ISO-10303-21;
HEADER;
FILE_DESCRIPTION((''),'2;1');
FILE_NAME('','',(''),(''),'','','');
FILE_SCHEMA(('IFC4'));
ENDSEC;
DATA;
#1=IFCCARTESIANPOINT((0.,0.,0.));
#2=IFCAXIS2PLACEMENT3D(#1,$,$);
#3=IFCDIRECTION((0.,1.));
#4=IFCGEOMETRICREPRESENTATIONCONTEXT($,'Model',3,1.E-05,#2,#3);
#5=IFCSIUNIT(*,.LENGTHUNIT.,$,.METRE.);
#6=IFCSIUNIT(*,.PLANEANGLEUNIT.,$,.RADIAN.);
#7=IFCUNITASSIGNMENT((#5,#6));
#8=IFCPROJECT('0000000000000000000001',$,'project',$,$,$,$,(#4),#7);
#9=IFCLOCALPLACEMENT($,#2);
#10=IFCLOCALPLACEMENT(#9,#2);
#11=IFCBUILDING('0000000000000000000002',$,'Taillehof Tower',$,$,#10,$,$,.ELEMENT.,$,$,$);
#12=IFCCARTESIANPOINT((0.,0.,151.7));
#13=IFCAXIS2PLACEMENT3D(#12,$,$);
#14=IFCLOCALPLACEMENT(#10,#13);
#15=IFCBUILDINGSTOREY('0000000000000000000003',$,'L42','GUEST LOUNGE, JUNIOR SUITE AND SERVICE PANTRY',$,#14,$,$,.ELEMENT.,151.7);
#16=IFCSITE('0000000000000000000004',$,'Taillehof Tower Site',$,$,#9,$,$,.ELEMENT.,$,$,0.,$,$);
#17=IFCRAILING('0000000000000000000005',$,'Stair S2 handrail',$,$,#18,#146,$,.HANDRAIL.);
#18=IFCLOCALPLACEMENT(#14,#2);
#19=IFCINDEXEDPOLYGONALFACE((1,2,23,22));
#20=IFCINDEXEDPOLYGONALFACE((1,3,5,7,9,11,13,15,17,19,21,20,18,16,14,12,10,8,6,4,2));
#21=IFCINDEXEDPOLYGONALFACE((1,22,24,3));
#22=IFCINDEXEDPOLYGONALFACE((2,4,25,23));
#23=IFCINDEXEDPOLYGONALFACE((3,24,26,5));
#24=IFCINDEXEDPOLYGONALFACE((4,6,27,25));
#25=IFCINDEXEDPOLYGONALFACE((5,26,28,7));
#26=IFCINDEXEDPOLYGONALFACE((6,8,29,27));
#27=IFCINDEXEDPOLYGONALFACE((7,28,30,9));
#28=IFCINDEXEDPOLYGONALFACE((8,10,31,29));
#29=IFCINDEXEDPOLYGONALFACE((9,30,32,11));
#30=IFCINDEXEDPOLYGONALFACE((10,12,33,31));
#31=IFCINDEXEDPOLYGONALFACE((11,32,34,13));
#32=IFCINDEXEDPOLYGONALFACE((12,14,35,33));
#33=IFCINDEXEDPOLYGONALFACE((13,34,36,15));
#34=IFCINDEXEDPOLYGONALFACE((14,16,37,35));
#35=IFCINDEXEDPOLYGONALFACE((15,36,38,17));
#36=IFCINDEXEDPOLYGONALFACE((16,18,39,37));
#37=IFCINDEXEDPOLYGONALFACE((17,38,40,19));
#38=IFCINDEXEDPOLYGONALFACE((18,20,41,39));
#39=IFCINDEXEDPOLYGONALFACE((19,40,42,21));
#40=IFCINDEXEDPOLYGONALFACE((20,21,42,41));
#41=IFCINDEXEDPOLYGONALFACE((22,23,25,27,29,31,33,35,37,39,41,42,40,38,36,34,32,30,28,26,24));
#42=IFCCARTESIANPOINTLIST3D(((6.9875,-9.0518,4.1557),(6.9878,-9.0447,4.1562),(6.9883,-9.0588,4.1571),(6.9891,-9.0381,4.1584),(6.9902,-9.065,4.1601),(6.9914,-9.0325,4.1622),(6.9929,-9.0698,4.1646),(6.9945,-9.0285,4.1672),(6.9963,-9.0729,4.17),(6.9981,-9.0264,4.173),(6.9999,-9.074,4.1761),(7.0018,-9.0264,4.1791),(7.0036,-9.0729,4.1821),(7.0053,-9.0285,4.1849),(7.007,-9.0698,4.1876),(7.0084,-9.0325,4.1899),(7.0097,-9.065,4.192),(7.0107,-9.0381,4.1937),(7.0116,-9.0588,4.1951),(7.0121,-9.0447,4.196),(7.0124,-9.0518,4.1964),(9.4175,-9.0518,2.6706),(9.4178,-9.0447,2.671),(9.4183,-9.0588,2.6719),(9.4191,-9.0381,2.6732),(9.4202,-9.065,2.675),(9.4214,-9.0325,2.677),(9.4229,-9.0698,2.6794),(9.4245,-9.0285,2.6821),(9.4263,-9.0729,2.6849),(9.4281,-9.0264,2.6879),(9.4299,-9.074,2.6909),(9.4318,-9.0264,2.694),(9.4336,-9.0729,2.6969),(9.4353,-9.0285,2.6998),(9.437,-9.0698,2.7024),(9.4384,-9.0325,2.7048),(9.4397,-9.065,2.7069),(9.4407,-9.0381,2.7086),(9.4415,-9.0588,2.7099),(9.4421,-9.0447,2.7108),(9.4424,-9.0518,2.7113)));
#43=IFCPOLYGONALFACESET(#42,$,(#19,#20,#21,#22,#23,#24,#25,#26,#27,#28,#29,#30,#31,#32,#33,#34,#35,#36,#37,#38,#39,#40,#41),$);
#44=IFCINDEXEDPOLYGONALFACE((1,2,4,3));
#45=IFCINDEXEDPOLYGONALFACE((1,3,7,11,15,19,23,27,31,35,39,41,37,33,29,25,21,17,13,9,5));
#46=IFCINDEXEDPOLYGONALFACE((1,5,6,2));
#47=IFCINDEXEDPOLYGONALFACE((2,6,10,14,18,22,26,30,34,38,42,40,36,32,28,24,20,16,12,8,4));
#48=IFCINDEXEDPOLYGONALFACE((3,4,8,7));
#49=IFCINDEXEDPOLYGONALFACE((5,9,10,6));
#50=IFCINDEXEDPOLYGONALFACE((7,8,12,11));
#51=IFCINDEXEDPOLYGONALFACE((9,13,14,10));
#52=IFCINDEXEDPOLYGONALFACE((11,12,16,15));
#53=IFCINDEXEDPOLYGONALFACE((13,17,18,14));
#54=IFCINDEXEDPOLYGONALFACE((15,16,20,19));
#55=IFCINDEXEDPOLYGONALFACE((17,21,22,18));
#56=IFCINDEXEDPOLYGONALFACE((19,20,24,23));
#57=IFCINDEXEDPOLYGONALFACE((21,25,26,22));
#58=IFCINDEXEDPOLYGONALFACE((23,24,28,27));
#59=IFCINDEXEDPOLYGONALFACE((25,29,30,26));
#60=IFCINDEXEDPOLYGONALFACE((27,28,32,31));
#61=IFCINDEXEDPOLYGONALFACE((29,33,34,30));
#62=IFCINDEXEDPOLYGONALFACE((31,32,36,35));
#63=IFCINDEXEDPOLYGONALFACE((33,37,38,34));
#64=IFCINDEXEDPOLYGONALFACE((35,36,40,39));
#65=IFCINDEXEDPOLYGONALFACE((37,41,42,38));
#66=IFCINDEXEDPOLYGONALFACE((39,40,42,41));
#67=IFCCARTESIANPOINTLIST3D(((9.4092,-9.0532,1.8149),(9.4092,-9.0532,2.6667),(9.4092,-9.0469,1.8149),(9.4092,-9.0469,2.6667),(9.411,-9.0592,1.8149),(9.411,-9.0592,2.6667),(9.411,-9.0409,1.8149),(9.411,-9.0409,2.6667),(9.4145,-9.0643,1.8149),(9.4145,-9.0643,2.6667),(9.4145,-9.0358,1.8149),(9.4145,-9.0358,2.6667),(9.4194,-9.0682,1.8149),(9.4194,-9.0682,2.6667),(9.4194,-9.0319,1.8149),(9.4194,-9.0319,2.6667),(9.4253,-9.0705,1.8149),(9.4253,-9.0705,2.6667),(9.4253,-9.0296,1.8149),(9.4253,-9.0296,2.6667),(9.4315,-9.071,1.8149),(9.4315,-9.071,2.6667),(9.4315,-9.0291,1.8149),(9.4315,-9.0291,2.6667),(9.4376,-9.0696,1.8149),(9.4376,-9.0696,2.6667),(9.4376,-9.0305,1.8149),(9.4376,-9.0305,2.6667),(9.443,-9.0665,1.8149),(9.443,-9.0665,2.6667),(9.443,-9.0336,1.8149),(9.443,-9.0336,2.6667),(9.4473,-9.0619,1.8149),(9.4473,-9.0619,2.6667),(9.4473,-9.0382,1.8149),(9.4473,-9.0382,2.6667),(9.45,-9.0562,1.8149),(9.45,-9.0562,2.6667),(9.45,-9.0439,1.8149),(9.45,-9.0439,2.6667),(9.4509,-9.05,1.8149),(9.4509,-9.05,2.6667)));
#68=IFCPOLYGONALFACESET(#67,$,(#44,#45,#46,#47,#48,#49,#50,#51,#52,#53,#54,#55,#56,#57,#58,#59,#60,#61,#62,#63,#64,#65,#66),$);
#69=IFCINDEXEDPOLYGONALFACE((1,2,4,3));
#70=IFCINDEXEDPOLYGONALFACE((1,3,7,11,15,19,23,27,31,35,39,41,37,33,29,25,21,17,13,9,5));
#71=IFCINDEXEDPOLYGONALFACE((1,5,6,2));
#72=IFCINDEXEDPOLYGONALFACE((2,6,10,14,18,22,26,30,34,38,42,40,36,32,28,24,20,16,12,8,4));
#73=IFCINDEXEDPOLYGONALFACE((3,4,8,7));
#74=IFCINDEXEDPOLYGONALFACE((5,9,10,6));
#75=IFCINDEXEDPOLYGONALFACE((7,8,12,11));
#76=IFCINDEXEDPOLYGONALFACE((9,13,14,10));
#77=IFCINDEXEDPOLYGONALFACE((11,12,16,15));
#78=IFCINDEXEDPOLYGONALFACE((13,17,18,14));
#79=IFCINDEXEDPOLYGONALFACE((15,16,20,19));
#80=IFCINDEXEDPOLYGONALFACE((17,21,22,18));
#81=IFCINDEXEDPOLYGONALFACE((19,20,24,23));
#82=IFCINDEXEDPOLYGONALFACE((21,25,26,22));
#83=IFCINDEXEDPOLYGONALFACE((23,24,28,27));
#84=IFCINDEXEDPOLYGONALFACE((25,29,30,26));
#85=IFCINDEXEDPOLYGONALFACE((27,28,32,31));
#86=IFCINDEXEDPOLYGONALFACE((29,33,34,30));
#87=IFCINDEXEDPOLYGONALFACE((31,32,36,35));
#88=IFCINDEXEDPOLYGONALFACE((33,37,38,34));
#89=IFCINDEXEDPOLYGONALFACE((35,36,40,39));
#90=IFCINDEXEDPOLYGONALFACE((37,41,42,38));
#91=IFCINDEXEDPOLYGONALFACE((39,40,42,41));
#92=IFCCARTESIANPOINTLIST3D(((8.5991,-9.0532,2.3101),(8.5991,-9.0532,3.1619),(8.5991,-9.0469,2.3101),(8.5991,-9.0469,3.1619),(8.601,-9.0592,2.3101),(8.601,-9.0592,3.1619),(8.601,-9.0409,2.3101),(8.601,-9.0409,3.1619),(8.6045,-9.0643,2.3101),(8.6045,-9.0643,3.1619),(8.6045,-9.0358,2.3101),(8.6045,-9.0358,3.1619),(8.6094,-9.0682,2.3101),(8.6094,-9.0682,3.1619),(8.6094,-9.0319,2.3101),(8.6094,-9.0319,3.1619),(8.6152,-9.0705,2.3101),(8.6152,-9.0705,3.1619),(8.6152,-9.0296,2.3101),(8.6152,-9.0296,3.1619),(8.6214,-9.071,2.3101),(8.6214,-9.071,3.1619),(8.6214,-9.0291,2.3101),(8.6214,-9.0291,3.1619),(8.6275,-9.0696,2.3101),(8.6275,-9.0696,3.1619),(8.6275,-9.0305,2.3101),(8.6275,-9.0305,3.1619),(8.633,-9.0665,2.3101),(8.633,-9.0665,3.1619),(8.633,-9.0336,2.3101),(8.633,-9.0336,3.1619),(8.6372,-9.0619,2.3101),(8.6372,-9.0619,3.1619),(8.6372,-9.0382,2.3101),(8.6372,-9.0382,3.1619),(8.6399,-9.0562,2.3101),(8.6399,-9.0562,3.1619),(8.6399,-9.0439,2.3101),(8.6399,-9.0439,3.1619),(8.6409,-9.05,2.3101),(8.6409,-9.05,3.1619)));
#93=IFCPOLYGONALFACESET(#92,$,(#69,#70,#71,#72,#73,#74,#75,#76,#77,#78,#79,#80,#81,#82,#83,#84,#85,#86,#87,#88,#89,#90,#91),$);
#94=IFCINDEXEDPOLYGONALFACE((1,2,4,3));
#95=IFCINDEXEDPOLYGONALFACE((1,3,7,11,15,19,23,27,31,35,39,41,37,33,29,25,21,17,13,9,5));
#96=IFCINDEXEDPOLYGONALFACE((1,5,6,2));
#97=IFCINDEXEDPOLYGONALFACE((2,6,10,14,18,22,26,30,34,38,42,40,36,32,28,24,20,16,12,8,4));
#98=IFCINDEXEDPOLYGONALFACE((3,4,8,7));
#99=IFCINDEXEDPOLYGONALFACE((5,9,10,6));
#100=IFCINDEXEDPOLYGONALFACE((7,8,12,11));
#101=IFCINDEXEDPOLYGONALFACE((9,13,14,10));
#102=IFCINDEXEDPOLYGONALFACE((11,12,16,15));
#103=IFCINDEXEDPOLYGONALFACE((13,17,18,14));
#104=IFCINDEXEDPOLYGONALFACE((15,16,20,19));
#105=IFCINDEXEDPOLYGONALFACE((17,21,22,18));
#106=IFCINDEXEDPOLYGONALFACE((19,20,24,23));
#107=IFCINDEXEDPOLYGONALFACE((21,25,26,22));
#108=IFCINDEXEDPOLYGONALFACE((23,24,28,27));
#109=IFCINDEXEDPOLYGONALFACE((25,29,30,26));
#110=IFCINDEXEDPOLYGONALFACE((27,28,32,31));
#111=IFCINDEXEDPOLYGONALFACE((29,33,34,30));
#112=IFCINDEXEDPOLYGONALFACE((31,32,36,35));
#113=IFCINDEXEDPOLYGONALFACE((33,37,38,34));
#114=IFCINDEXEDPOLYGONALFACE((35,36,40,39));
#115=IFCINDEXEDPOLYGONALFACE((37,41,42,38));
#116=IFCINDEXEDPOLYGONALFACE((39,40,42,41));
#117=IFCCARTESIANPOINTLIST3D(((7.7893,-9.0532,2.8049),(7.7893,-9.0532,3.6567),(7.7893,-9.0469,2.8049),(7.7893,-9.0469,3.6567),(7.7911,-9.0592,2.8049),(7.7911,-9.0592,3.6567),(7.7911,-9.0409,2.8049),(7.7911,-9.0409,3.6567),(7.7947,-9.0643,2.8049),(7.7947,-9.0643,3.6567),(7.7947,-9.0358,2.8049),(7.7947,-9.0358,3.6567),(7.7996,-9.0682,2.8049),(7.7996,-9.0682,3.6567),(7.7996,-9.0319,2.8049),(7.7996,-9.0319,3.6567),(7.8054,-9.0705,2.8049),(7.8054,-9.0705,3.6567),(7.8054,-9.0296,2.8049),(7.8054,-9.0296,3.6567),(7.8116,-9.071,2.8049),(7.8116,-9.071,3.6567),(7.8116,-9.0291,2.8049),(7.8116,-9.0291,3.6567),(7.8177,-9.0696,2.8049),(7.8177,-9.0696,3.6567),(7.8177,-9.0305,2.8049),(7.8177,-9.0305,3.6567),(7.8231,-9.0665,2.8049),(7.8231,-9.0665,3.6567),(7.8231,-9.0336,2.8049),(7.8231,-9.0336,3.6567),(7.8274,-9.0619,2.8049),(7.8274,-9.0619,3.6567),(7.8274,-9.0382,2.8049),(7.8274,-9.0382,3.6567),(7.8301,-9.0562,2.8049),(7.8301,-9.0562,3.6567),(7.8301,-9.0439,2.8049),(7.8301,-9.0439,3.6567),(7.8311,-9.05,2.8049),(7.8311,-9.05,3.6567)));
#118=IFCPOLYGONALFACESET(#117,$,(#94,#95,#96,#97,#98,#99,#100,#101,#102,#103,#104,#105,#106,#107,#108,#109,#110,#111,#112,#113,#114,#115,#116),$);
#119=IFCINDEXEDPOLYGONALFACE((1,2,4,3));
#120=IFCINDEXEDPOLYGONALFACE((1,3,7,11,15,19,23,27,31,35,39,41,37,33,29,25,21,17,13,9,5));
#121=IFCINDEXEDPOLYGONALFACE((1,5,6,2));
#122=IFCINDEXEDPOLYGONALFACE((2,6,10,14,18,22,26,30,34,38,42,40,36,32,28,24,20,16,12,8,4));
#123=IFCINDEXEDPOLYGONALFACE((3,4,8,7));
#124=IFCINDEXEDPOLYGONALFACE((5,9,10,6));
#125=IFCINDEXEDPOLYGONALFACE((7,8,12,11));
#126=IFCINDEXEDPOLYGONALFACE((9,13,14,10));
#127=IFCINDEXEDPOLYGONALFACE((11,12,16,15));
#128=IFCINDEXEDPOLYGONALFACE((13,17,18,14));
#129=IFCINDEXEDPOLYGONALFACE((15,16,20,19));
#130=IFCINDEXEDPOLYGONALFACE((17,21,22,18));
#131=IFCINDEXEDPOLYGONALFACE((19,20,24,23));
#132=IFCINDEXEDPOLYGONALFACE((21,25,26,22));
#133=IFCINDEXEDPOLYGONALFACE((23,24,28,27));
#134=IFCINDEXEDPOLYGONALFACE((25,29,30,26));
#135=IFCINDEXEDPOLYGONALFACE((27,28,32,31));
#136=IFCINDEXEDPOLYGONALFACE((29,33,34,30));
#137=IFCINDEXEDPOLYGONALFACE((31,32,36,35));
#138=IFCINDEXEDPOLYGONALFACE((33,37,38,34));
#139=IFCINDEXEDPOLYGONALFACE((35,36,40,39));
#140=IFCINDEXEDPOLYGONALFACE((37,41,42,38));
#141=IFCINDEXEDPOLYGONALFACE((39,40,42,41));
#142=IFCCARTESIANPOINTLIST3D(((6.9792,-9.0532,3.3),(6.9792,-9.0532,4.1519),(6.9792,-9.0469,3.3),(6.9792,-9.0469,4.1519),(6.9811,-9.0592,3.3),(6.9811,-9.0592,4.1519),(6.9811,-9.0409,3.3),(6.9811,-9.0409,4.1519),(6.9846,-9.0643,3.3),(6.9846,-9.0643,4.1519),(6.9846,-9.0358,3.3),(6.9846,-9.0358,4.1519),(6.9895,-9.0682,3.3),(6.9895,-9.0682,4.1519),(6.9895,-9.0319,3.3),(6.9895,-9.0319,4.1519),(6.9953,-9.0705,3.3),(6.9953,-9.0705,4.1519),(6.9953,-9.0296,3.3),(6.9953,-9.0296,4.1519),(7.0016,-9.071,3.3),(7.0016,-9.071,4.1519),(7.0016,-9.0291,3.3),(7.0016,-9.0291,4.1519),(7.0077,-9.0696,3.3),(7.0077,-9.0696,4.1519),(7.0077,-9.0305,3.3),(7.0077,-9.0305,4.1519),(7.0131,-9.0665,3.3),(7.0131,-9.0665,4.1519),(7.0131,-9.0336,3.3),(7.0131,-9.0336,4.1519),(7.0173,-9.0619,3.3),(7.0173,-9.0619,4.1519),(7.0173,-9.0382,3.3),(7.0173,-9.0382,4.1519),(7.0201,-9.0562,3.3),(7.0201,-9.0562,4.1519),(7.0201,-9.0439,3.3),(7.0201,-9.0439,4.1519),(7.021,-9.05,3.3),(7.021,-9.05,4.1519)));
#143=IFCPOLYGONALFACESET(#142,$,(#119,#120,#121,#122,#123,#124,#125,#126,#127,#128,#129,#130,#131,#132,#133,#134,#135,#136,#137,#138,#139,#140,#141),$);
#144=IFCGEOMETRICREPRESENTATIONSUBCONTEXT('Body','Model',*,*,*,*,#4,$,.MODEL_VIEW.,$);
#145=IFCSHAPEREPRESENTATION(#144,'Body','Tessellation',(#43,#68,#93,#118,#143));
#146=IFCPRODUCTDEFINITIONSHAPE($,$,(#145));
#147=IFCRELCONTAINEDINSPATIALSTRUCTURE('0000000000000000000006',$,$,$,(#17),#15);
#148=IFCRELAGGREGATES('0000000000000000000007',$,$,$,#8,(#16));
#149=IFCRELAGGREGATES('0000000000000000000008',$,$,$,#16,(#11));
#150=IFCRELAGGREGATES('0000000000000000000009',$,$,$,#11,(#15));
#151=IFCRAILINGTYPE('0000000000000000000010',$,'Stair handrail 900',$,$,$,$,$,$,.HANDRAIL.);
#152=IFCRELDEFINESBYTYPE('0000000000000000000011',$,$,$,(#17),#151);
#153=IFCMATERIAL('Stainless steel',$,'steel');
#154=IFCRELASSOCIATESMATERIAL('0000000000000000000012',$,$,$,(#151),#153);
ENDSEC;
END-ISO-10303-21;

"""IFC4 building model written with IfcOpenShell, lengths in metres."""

from ifc_helpers import new_model, si_unit, direction, frame, origin, origin_2d, place, context, subcontext, project, spatial, circle, extrude, material, type_object, element, save


model = new_model("IFC4")

# Units and contexts
model_context = context("Model", 3, precision=1e-05, world=origin(), true_north=direction((0.0, 1.0)))
body_context = subcontext(model_context, "Body", "Model", "MODEL_VIEW")
ifc_project = project(units=[si_unit("LENGTHUNIT", "METRE"), si_unit("PLANEANGLEUNIT", "RADIAN")], contexts=[model_context])

# Site, building, storey
site_placement = place(None, origin())
site = spatial("IfcSite", under=ifc_project, at=site_placement, Name="Taillehof Tower Site", CompositionType="ELEMENT", RefElevation=0.0)
building_placement = place(site_placement, origin())
building = spatial("IfcBuilding", under=site, at=building_placement, Name="Taillehof Tower", CompositionType="ELEMENT")
storey_placement = place(building_placement, frame((0.0, 0.0, 151.7)))
storey = spatial("IfcBuildingStorey", under=building, at=storey_placement, Name="L42", Description="GUEST LOUNGE, JUNIOR SUITE AND SERVICE PANTRY", CompositionType="ELEMENT", Elevation=151.7)

# Railing
ifc_material_1 = material(Name="Stainless steel", Category="steel")
railing_type = type_object("IfcRailingType", Name="Stair handrail 900", PredefinedType="HANDRAIL", material=ifc_material_1)
railing_placement = place(storey_placement, frame((9.4299, -9.05, 1.8149)))
element("IfcRailing", 1, at=railing_placement, inside=storey, type_object=railing_type, Name="Stair S2 handrail", PredefinedType="HANDRAIL", context=body_context, shape_type="SweptSolid", body=[
    extrude(circle(Radius=0.0239, at=origin_2d()), frame((0.0, 0.0, 0.876), z_axis=(-0.853259, 0.0, 0.521488), x_axis=(0.0, -1.0, 0.0)), (0.0, 0.0, 1.0), 2.8479),
    extrude(circle(Radius=0.021, at=origin_2d()), origin(), (0.0, 0.0, 1.0), 0.8518),
    extrude(circle(Radius=0.021, at=origin_2d()), frame((-0.8101, 0.0, 0.4951)), (0.0, 0.0, 1.0), 0.8518),
    extrude(circle(Radius=0.021, at=origin_2d()), frame((-1.6199, 0.0, 0.99)), (0.0, 0.0, 1.0), 0.8518),
    extrude(circle(Radius=0.021, at=origin_2d()), frame((-2.4299, 0.0, 1.4851)), (0.0, 0.0, 1.0), 0.8518),
])

save(model, "model.ifc")
